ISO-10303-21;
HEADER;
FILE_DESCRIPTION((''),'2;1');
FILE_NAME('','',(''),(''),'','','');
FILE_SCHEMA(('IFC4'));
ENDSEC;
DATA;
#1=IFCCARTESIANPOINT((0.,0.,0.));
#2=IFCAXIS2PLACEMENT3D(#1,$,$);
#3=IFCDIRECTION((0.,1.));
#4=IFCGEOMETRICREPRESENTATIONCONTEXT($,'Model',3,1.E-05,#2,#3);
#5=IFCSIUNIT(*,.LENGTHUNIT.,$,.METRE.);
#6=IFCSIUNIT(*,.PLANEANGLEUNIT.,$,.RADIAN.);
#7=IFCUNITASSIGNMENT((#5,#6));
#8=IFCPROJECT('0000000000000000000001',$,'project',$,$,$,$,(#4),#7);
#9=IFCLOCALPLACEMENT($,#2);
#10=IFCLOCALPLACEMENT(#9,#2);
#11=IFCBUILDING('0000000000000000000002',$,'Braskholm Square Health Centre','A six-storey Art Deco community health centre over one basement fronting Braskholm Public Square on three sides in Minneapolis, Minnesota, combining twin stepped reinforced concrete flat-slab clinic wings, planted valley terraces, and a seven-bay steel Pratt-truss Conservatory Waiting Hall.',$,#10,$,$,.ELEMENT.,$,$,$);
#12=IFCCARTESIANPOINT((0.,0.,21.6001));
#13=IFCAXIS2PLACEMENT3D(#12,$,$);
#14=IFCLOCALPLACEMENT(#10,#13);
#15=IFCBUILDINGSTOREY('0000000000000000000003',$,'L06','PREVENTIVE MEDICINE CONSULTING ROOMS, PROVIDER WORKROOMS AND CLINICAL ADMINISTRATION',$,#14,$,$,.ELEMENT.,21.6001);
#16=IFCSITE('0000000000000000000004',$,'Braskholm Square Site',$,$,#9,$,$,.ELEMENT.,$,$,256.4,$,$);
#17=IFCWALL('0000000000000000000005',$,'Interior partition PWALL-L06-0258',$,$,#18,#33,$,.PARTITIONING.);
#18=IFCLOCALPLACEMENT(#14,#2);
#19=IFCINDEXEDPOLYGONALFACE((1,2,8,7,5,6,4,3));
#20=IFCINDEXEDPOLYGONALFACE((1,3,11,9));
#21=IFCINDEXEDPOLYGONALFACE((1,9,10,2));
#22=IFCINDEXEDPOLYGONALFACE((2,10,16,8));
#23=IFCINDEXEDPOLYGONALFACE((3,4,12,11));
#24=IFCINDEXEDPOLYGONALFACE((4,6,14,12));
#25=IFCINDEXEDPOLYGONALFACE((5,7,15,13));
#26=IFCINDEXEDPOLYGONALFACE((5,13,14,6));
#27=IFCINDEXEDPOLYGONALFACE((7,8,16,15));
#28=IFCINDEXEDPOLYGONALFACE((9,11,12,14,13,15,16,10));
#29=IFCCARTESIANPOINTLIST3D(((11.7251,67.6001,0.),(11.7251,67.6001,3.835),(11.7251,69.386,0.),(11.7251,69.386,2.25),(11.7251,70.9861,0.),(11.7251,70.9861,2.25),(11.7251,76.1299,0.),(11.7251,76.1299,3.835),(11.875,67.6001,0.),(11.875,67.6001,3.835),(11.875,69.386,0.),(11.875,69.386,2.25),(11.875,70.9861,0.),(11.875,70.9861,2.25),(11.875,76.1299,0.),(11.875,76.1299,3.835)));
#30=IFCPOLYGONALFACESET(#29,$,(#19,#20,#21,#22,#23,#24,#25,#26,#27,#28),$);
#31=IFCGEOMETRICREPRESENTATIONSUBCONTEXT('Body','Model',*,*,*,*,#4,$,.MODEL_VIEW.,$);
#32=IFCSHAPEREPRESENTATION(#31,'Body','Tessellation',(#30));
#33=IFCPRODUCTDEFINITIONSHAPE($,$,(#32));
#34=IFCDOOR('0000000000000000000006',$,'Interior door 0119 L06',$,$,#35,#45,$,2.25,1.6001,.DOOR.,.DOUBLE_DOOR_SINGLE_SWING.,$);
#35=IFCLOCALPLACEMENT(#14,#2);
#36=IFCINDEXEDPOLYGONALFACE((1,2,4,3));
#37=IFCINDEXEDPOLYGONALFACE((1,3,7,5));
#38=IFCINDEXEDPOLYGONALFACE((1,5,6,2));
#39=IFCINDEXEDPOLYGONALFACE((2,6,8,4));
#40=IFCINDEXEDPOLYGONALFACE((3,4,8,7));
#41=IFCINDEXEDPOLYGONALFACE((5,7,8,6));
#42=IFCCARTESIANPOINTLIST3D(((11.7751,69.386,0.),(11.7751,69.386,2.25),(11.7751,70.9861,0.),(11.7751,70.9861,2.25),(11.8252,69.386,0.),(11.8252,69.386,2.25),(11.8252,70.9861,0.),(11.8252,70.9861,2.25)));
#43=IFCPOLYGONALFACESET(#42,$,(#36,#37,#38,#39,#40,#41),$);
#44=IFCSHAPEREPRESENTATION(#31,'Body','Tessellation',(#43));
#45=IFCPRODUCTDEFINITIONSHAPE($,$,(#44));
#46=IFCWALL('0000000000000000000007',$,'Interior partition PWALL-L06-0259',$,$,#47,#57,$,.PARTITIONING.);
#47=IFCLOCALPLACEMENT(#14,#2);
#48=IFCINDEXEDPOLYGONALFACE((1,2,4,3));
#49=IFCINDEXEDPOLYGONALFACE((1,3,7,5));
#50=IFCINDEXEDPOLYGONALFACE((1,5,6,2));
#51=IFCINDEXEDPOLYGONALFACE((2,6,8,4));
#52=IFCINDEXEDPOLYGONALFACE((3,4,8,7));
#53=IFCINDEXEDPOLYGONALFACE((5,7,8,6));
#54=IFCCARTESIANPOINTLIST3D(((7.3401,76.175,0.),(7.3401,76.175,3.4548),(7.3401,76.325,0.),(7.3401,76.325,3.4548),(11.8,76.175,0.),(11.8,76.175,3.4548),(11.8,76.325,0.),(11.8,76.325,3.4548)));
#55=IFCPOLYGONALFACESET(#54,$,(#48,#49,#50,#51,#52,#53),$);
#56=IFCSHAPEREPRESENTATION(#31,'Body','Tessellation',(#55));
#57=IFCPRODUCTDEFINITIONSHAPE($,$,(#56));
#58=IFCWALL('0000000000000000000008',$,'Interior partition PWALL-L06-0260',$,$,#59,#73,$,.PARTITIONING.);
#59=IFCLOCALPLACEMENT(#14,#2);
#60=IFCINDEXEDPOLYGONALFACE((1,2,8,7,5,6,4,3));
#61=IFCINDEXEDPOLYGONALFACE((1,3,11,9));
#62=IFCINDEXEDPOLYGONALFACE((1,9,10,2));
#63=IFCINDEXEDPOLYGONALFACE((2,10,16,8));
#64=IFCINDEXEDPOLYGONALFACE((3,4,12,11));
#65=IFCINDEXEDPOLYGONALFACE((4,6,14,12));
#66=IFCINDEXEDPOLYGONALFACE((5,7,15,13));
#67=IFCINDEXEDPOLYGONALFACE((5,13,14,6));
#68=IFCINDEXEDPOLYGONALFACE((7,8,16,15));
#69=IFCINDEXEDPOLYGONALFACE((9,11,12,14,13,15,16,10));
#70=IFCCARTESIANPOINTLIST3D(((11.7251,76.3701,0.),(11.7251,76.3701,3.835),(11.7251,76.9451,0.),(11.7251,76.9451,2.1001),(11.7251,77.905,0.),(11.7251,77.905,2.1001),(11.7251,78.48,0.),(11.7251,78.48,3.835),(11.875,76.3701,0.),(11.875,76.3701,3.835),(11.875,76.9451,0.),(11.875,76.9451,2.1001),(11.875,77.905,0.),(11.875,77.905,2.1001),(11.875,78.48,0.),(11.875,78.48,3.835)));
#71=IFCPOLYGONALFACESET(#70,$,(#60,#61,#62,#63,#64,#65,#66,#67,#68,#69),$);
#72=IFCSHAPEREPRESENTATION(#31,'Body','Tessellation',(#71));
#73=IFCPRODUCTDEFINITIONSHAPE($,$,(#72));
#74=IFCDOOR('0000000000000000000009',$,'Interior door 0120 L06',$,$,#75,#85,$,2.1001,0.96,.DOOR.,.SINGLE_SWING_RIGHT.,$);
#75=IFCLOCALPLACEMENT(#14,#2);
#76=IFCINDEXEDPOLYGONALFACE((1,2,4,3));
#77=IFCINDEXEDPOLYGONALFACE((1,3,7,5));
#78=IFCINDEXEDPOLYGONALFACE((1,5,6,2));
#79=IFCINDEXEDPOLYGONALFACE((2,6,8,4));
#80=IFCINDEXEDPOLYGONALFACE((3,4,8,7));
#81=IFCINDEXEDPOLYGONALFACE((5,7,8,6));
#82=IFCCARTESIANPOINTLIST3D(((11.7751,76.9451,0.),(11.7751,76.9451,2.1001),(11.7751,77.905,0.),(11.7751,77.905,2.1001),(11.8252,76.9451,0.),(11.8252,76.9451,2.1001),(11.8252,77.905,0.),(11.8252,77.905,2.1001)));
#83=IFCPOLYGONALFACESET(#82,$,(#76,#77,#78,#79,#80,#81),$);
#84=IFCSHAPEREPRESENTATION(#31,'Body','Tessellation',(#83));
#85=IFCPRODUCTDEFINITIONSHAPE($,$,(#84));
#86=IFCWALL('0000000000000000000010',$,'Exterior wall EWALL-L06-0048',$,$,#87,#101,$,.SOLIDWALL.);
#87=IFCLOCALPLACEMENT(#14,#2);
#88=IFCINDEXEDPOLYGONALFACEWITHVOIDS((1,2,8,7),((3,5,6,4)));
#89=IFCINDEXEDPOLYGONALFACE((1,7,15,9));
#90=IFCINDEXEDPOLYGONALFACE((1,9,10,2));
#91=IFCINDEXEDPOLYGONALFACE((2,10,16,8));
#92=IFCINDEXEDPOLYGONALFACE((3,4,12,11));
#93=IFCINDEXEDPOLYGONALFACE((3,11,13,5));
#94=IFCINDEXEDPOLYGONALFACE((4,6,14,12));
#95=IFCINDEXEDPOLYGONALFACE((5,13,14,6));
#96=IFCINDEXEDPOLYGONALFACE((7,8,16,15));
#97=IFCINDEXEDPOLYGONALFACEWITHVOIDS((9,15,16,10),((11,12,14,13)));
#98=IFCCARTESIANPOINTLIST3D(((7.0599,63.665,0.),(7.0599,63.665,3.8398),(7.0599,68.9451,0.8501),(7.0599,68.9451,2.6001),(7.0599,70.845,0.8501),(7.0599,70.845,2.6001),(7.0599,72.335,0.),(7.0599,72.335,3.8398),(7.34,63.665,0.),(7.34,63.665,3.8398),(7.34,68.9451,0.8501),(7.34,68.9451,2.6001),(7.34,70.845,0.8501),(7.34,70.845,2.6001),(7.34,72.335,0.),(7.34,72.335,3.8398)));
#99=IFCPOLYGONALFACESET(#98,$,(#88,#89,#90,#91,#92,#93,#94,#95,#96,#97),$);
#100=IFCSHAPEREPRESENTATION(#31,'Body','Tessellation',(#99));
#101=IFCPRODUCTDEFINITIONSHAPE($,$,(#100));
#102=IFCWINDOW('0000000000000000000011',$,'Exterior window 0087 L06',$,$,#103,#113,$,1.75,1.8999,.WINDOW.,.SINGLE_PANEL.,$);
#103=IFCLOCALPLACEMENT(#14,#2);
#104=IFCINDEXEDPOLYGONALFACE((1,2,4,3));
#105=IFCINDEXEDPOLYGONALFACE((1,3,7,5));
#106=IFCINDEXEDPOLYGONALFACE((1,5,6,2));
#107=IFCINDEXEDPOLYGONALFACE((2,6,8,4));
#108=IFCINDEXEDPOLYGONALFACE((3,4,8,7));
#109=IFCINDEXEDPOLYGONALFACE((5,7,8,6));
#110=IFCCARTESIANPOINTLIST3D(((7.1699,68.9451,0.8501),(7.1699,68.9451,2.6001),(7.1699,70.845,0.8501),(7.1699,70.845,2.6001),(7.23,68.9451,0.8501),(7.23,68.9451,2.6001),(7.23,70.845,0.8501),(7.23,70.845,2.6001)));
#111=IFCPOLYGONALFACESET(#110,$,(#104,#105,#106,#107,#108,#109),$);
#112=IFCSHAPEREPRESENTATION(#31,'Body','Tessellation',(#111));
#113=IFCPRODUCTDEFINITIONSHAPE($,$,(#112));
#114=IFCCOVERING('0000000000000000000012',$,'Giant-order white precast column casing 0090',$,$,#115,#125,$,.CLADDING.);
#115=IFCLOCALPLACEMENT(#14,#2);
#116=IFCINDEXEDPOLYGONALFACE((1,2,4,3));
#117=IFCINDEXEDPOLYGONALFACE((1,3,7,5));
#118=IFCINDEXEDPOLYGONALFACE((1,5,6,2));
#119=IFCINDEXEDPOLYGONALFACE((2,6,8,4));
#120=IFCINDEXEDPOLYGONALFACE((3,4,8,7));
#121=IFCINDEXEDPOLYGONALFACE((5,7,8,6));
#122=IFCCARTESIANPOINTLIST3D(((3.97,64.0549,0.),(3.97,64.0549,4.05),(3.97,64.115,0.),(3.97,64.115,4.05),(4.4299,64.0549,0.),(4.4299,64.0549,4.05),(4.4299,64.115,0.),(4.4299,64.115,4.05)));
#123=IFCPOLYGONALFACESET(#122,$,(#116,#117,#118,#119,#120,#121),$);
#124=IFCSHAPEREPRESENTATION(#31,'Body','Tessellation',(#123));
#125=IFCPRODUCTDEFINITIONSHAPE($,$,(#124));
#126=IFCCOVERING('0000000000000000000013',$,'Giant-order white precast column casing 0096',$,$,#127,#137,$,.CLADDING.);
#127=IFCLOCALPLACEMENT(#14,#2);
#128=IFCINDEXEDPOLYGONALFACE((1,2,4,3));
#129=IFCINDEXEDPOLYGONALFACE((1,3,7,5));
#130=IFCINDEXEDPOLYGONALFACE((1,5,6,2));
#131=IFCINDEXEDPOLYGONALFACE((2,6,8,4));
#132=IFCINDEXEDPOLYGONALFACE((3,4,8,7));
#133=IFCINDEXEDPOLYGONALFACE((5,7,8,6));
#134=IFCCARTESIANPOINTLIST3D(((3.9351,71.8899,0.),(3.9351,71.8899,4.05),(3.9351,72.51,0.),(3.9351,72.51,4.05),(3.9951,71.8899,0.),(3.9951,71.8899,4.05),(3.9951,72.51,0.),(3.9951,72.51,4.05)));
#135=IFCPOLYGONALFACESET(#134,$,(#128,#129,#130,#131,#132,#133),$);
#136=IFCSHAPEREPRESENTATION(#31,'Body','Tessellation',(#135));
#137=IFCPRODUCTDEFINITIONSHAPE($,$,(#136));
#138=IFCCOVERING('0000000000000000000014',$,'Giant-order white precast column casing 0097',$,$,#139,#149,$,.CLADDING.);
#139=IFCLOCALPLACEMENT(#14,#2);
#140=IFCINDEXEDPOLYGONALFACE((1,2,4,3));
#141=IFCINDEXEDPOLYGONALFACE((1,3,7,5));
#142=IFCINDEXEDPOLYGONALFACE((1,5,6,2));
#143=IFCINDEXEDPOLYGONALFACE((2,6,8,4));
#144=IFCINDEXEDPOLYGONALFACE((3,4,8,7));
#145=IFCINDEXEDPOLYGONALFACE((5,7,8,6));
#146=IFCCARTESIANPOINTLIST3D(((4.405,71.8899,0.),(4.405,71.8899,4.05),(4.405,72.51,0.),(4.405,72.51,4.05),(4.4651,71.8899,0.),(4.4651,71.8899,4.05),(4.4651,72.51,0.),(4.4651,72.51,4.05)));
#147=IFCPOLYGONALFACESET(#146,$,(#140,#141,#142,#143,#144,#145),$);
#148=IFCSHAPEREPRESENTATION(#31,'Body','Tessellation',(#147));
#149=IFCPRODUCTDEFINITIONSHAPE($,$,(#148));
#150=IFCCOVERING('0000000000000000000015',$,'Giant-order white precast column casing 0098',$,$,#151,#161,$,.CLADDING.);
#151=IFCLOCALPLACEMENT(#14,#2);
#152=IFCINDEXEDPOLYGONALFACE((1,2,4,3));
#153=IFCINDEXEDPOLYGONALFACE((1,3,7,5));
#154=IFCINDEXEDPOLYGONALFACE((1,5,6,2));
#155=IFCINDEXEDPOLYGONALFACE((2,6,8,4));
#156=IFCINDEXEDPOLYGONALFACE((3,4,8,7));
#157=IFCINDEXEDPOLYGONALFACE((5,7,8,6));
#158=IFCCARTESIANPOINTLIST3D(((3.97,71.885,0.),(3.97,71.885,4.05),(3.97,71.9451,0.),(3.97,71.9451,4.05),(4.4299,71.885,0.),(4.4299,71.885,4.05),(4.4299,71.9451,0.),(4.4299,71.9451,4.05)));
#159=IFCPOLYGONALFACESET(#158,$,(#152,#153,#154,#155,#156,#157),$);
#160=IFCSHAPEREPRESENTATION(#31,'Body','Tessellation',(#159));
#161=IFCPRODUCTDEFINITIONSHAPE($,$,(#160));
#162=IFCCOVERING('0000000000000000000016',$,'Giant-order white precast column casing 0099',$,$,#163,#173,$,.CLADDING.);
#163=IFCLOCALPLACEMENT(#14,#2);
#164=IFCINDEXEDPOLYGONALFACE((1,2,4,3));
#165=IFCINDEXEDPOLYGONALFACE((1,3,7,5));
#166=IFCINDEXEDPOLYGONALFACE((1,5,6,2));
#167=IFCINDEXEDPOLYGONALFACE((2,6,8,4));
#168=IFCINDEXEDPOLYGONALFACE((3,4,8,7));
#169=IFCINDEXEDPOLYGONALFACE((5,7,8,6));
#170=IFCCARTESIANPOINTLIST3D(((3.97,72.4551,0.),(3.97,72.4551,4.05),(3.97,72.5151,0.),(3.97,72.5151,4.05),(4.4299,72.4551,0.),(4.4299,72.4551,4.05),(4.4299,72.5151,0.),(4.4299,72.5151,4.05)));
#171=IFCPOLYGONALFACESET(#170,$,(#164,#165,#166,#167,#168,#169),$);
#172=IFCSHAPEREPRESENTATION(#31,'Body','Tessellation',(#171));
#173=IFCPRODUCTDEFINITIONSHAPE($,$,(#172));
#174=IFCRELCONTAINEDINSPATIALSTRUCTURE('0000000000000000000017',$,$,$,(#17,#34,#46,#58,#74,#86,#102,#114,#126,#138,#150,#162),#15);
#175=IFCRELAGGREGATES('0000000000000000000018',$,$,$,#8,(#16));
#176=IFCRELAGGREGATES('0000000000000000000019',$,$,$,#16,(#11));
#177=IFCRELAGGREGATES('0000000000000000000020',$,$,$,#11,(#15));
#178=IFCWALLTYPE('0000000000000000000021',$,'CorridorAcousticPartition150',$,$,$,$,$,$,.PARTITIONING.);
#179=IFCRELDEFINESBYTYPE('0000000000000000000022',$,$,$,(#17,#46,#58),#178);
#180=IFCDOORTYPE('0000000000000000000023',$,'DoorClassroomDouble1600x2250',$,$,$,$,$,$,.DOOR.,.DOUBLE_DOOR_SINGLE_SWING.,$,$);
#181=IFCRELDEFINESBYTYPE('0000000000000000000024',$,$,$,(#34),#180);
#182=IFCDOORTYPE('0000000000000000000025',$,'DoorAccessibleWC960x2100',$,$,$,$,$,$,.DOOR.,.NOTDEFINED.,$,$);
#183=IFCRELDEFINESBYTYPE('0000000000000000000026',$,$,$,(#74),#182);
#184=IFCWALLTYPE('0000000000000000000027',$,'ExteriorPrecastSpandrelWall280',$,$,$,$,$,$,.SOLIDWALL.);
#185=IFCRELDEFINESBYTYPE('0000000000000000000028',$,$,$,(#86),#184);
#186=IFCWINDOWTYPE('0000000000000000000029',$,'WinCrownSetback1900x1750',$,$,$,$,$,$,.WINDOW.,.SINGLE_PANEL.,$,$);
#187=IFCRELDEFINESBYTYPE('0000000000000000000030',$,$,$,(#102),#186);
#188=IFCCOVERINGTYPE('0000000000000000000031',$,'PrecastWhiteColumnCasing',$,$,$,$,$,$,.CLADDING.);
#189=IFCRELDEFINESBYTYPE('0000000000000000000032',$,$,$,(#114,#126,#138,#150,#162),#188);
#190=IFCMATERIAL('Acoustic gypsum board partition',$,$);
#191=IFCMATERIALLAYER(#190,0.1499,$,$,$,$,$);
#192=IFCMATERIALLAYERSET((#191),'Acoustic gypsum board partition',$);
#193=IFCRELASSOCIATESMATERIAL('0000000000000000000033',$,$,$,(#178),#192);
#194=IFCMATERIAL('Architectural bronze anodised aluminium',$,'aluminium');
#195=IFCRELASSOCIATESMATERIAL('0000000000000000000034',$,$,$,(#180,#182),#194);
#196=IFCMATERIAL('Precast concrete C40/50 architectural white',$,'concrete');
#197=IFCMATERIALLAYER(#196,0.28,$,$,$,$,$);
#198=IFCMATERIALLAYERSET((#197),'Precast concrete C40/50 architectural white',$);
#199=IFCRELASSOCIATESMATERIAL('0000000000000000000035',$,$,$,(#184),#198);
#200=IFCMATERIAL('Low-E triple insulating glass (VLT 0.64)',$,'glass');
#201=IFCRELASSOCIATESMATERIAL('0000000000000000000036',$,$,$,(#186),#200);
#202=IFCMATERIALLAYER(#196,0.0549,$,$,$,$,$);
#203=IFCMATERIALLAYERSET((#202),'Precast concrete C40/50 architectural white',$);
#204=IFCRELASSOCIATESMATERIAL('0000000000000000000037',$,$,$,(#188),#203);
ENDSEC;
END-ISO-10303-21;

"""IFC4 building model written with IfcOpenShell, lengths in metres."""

from ifc_helpers import new_model, si_unit, direction, frame, frame_2d, origin, origin_with_axes, origin_2d, place, context, subcontext, project, spatial, rectangle, extrude, material, layer, layer_set, type_object, element, fill, save


model = new_model("IFC4")

# Units and contexts
model_context = context("Model", 3, precision=1e-05, world=origin(), true_north=direction((0.0, 1.0)))
body_context = subcontext(model_context, "Body", "Model", "MODEL_VIEW")
ifc_project = project(units=[si_unit("LENGTHUNIT", "METRE"), si_unit("PLANEANGLEUNIT", "RADIAN")], contexts=[model_context])

# Site, building, storey
site_placement = place(None, origin())
site = spatial("IfcSite", under=ifc_project, at=site_placement, Name="Braskholm Square Site", CompositionType="ELEMENT", RefElevation=256.4)
building_placement = place(site_placement, origin())
building = spatial("IfcBuilding", under=site, at=building_placement, Name="Braskholm Square Health Centre", Description="A six-storey Art Deco community health centre over one basement fronting Braskholm Public Square on three sides in Minneapolis, Minnesota, combining twin stepped reinforced concrete flat-slab clinic wings, planted valley terraces, and a seven-bay steel Pratt-truss Conservatory Waiting Hall.", CompositionType="ELEMENT")
storey_placement = place(building_placement, frame((0.0, 0.0, 21.6001)))
storey = spatial("IfcBuildingStorey", under=building, at=storey_placement, Name="L06", Description="PREVENTIVE MEDICINE CONSULTING ROOMS, PROVIDER WORKROOMS AND CLINICAL ADMINISTRATION", CompositionType="ELEMENT", Elevation=21.6001)

# Shared definitions
ifc_material_1 = material(Name="Precast concrete C40/50 architectural white", Category="concrete")

# Shared definitions
ifc_material_2 = material(Name="Low-E triple insulating glass (VLT 0.64)", Category="glass")
ifc_material_3 = material(Name="Architectural bronze anodised aluminium", Category="aluminium")

# Shared definitions
ifc_material_4 = material(Name="Acoustic gypsum board partition")
ifc_layer_1 = layer(ifc_material_4, 0.1499)
ifc_layer_set_1 = layer_set([ifc_layer_1], Name="Acoustic gypsum board partition")
wall_type_1 = type_object("IfcWallType", Name="CorridorAcousticPartition150", PredefinedType="PARTITIONING", material=ifc_layer_set_1)

# Wall, opening, door
wall_1_placement = place(storey_placement, frame((11.8, 67.6001, 0.0), z_axis=(0.0, 0.0, 1.0), x_axis=(0.0, 1.0, 0.0)))
wall_1 = element("IfcWall", 1, at=wall_1_placement, inside=storey, type_object=wall_type_1, Name="Interior partition PWALL-L06-0258", PredefinedType="PARTITIONING", context=body_context, shape_type="SweptSolid", body=[
    extrude(rectangle(XDim=8.5298, YDim=0.1499, at=frame_2d((4.2649, 0.0))), origin(), (0.0, 0.0, 1.0), 3.835),
])
opening_1_placement = place(wall_1_placement, frame((1.7859, 0.0, 0.0)))
opening_1 = element("IfcOpeningElement", 2, at=opening_1_placement, cuts=wall_1, PredefinedType="OPENING", context=body_context, shape_type="SweptSolid", body=[
    extrude(rectangle(XDim=1.6001, YDim=2.25, at=frame_2d((0.8, 1.125))), frame((0.0, 0.085, 0.0), z_axis=(0.0, -1.0, 0.0), x_axis=(1.0, 0.0, 0.0)), (0.0, 0.0, 1.0), 0.1699),
])
door_type_1 = type_object("IfcDoorType", Name="DoorClassroomDouble1600x2250", OperationType="DOUBLE_DOOR_SINGLE_SWING", PredefinedType="DOOR", material=ifc_material_3)
door_1_placement = place(opening_1_placement, origin_with_axes())
door_1 = element("IfcDoor", 3, at=door_1_placement, inside=storey, type_object=door_type_1, Name="Interior door 0119 L06", OperationType="DOUBLE_DOOR_SINGLE_SWING", OverallHeight=2.25, OverallWidth=1.6001, PredefinedType="DOOR", context=body_context, shape_type="SweptSolid", body=[
    extrude(rectangle(XDim=1.6001, YDim=2.25, at=frame_2d((0.8, 1.125))), frame((0.0, 0.0249, 0.0), z_axis=(0.0, -1.0, 0.0), x_axis=(1.0, 0.0, 0.0)), (0.0, 0.0, 1.0), 0.05),
])
fill(opening_1, door_1)

# Wall
wall_2_placement = place(storey_placement, frame((7.3401, 76.25, 0.0), z_axis=(0.0, 0.0, 1.0), x_axis=(1.0, 0.0, 0.0)))
element("IfcWall", 4, at=wall_2_placement, inside=storey, type_object=wall_type_1, Name="Interior partition PWALL-L06-0259", PredefinedType="PARTITIONING", context=body_context, shape_type="SweptSolid", body=[
    extrude(rectangle(XDim=4.46, YDim=0.1499, at=frame_2d((2.23, 0.0))), origin(), (0.0, 0.0, 1.0), 3.4548),
])

# Wall, opening, door
wall_3_placement = place(storey_placement, frame((11.8, 76.3701, 0.0), z_axis=(0.0, 0.0, 1.0), x_axis=(0.0, 1.0, 0.0)))
wall_3 = element("IfcWall", 5, at=wall_3_placement, inside=storey, type_object=wall_type_1, Name="Interior partition PWALL-L06-0260", PredefinedType="PARTITIONING", context=body_context, shape_type="SweptSolid", body=[
    extrude(rectangle(XDim=2.1099, YDim=0.1499, at=frame_2d((1.0549, 0.0))), origin(), (0.0, 0.0, 1.0), 3.835),
])
opening_2_placement = place(wall_3_placement, frame((0.575, 0.0, 0.0)))
opening_2 = element("IfcOpeningElement", 6, at=opening_2_placement, cuts=wall_3, PredefinedType="OPENING", context=body_context, shape_type="SweptSolid", body=[
    extrude(rectangle(XDim=0.96, YDim=2.1001, at=frame_2d((0.48, 1.05))), frame((0.0, 0.085, 0.0), z_axis=(0.0, -1.0, 0.0), x_axis=(1.0, 0.0, 0.0)), (0.0, 0.0, 1.0), 0.1699),
])
door_type_2 = type_object("IfcDoorType", Name="DoorAccessibleWC960x2100", OperationType="NOTDEFINED", PredefinedType="DOOR", material=ifc_material_3)
door_2_placement = place(opening_2_placement, origin_with_axes())
door_2 = element("IfcDoor", 7, at=door_2_placement, inside=storey, type_object=door_type_2, Name="Interior door 0120 L06", OperationType="SINGLE_SWING_RIGHT", OverallHeight=2.1001, OverallWidth=0.96, PredefinedType="DOOR", context=body_context, shape_type="SweptSolid", body=[
    extrude(rectangle(XDim=0.96, YDim=2.1001, at=frame_2d((0.48, 1.05))), frame((0.0, 0.0249, 0.0), z_axis=(0.0, -1.0, 0.0), x_axis=(1.0, 0.0, 0.0)), (0.0, 0.0, 1.0), 0.05),
])
fill(opening_2, door_2)

# Wall, opening, window
ifc_layer_2 = layer(ifc_material_1, 0.28)
ifc_layer_set_2 = layer_set([ifc_layer_2], Name="Precast concrete C40/50 architectural white")
wall_type_2 = type_object("IfcWallType", Name="ExteriorPrecastSpandrelWall280", PredefinedType="SOLIDWALL", material=ifc_layer_set_2)
wall_4_placement = place(storey_placement, frame((7.2, 72.335, 0.0), z_axis=(0.0, 0.0, 1.0), x_axis=(0.0, -1.0, 0.0)))
wall_4 = element("IfcWall", 8, at=wall_4_placement, inside=storey, type_object=wall_type_2, Name="Exterior wall EWALL-L06-0048", PredefinedType="SOLIDWALL", context=body_context, shape_type="SweptSolid", body=[
    extrude(rectangle(XDim=8.6699, YDim=0.28, at=frame_2d((4.335, 0.0))), origin(), (0.0, 0.0, 1.0), 3.8398),
])
opening_3_placement = place(wall_4_placement, frame((1.49, 0.0, 0.8501)))
opening_3 = element("IfcOpeningElement", 9, at=opening_3_placement, cuts=wall_4, PredefinedType="OPENING", context=body_context, shape_type="SweptSolid", body=[
    extrude(rectangle(XDim=1.8999, YDim=1.75, at=frame_2d((0.95, 0.875))), frame((0.0, 0.1499, 0.0), z_axis=(0.0, -1.0, 0.0), x_axis=(1.0, 0.0, 0.0)), (0.0, 0.0, 1.0), 0.3),
])
window_type = type_object("IfcWindowType", Name="WinCrownSetback1900x1750", PartitioningType="SINGLE_PANEL", PredefinedType="WINDOW", material=ifc_material_2)
window_placement = place(opening_3_placement, origin_with_axes())
window = element("IfcWindow", 10, at=window_placement, inside=storey, type_object=window_type, Name="Exterior window 0087 L06", OverallHeight=1.75, OverallWidth=1.8999, PartitioningType="SINGLE_PANEL", PredefinedType="WINDOW", context=body_context, shape_type="SweptSolid", body=[
    extrude(rectangle(XDim=1.8999, YDim=1.75, at=frame_2d((0.95, 0.875))), frame((0.0, 0.03, 0.0), z_axis=(0.0, -1.0, 0.0), x_axis=(1.0, 0.0, 0.0)), (0.0, 0.0, 1.0), 0.0601),
])
fill(opening_3, window)

# Coverings
ifc_layer_3 = layer(ifc_material_1, 0.0549)
ifc_layer_set_3 = layer_set([ifc_layer_3], Name="Precast concrete C40/50 architectural white")
covering_type = type_object("IfcCoveringType", Name="PrecastWhiteColumnCasing", PredefinedType="CLADDING", material=ifc_layer_set_3)
covering_placement = place(storey_placement, frame((4.2, 64.085, 0.0), z_axis=(0.0, 0.0, 1.0), x_axis=(1.0, 0.0, 0.0)))
element("IfcCovering", 11, at=covering_placement, inside=storey, type_object=covering_type, Name="Giant-order white precast column casing 0090", PredefinedType="CLADDING", context=body_context, shape_type="SweptSolid", body=[
    extrude(rectangle(XDim=0.46, YDim=0.0601, at=origin_2d()), origin(), (0.0, 0.0, 1.0), 4.05),
])
for number, where, z_axis, x_axis, name in (
    (12, (3.9651, 72.2, 0.0), (0.0, 0.0, 1.0), (1.0, 0.0, 0.0), "Giant-order white precast column casing 0096"),
    (13, (4.4351, 72.2, 0.0), (0.0, 0.0, 1.0), (1.0, 0.0, 0.0), "Giant-order white precast column casing 0097"),
):
    element("IfcCovering", number, at=place(storey_placement, frame(where, z_axis=z_axis, x_axis=x_axis)), inside=storey, type_object=covering_type, Name=name, PredefinedType="CLADDING", context=body_context, shape_type="SweptSolid", body=[
        extrude(rectangle(XDim=0.0601, YDim=0.6201, at=origin_2d()), origin(), (0.0, 0.0, 1.0), 4.05),
    ])
for number, where, z_axis, x_axis, name in (
    (14, (4.2, 71.915, 0.0), (0.0, 0.0, 1.0), (1.0, 0.0, 0.0), "Giant-order white precast column casing 0098"),
    (15, (4.2, 72.4851, 0.0), (0.0, 0.0, 1.0), (1.0, 0.0, 0.0), "Giant-order white precast column casing 0099"),
):
    element("IfcCovering", number, at=place(storey_placement, frame(where, z_axis=z_axis, x_axis=x_axis)), inside=storey, type_object=covering_type, Name=name, PredefinedType="CLADDING", context=body_context, shape_type="SweptSolid", body=[
        extrude(rectangle(XDim=0.46, YDim=0.0601, at=origin_2d()), origin(), (0.0, 0.0, 1.0), 4.05),
    ])

save(model, "model.ifc")
